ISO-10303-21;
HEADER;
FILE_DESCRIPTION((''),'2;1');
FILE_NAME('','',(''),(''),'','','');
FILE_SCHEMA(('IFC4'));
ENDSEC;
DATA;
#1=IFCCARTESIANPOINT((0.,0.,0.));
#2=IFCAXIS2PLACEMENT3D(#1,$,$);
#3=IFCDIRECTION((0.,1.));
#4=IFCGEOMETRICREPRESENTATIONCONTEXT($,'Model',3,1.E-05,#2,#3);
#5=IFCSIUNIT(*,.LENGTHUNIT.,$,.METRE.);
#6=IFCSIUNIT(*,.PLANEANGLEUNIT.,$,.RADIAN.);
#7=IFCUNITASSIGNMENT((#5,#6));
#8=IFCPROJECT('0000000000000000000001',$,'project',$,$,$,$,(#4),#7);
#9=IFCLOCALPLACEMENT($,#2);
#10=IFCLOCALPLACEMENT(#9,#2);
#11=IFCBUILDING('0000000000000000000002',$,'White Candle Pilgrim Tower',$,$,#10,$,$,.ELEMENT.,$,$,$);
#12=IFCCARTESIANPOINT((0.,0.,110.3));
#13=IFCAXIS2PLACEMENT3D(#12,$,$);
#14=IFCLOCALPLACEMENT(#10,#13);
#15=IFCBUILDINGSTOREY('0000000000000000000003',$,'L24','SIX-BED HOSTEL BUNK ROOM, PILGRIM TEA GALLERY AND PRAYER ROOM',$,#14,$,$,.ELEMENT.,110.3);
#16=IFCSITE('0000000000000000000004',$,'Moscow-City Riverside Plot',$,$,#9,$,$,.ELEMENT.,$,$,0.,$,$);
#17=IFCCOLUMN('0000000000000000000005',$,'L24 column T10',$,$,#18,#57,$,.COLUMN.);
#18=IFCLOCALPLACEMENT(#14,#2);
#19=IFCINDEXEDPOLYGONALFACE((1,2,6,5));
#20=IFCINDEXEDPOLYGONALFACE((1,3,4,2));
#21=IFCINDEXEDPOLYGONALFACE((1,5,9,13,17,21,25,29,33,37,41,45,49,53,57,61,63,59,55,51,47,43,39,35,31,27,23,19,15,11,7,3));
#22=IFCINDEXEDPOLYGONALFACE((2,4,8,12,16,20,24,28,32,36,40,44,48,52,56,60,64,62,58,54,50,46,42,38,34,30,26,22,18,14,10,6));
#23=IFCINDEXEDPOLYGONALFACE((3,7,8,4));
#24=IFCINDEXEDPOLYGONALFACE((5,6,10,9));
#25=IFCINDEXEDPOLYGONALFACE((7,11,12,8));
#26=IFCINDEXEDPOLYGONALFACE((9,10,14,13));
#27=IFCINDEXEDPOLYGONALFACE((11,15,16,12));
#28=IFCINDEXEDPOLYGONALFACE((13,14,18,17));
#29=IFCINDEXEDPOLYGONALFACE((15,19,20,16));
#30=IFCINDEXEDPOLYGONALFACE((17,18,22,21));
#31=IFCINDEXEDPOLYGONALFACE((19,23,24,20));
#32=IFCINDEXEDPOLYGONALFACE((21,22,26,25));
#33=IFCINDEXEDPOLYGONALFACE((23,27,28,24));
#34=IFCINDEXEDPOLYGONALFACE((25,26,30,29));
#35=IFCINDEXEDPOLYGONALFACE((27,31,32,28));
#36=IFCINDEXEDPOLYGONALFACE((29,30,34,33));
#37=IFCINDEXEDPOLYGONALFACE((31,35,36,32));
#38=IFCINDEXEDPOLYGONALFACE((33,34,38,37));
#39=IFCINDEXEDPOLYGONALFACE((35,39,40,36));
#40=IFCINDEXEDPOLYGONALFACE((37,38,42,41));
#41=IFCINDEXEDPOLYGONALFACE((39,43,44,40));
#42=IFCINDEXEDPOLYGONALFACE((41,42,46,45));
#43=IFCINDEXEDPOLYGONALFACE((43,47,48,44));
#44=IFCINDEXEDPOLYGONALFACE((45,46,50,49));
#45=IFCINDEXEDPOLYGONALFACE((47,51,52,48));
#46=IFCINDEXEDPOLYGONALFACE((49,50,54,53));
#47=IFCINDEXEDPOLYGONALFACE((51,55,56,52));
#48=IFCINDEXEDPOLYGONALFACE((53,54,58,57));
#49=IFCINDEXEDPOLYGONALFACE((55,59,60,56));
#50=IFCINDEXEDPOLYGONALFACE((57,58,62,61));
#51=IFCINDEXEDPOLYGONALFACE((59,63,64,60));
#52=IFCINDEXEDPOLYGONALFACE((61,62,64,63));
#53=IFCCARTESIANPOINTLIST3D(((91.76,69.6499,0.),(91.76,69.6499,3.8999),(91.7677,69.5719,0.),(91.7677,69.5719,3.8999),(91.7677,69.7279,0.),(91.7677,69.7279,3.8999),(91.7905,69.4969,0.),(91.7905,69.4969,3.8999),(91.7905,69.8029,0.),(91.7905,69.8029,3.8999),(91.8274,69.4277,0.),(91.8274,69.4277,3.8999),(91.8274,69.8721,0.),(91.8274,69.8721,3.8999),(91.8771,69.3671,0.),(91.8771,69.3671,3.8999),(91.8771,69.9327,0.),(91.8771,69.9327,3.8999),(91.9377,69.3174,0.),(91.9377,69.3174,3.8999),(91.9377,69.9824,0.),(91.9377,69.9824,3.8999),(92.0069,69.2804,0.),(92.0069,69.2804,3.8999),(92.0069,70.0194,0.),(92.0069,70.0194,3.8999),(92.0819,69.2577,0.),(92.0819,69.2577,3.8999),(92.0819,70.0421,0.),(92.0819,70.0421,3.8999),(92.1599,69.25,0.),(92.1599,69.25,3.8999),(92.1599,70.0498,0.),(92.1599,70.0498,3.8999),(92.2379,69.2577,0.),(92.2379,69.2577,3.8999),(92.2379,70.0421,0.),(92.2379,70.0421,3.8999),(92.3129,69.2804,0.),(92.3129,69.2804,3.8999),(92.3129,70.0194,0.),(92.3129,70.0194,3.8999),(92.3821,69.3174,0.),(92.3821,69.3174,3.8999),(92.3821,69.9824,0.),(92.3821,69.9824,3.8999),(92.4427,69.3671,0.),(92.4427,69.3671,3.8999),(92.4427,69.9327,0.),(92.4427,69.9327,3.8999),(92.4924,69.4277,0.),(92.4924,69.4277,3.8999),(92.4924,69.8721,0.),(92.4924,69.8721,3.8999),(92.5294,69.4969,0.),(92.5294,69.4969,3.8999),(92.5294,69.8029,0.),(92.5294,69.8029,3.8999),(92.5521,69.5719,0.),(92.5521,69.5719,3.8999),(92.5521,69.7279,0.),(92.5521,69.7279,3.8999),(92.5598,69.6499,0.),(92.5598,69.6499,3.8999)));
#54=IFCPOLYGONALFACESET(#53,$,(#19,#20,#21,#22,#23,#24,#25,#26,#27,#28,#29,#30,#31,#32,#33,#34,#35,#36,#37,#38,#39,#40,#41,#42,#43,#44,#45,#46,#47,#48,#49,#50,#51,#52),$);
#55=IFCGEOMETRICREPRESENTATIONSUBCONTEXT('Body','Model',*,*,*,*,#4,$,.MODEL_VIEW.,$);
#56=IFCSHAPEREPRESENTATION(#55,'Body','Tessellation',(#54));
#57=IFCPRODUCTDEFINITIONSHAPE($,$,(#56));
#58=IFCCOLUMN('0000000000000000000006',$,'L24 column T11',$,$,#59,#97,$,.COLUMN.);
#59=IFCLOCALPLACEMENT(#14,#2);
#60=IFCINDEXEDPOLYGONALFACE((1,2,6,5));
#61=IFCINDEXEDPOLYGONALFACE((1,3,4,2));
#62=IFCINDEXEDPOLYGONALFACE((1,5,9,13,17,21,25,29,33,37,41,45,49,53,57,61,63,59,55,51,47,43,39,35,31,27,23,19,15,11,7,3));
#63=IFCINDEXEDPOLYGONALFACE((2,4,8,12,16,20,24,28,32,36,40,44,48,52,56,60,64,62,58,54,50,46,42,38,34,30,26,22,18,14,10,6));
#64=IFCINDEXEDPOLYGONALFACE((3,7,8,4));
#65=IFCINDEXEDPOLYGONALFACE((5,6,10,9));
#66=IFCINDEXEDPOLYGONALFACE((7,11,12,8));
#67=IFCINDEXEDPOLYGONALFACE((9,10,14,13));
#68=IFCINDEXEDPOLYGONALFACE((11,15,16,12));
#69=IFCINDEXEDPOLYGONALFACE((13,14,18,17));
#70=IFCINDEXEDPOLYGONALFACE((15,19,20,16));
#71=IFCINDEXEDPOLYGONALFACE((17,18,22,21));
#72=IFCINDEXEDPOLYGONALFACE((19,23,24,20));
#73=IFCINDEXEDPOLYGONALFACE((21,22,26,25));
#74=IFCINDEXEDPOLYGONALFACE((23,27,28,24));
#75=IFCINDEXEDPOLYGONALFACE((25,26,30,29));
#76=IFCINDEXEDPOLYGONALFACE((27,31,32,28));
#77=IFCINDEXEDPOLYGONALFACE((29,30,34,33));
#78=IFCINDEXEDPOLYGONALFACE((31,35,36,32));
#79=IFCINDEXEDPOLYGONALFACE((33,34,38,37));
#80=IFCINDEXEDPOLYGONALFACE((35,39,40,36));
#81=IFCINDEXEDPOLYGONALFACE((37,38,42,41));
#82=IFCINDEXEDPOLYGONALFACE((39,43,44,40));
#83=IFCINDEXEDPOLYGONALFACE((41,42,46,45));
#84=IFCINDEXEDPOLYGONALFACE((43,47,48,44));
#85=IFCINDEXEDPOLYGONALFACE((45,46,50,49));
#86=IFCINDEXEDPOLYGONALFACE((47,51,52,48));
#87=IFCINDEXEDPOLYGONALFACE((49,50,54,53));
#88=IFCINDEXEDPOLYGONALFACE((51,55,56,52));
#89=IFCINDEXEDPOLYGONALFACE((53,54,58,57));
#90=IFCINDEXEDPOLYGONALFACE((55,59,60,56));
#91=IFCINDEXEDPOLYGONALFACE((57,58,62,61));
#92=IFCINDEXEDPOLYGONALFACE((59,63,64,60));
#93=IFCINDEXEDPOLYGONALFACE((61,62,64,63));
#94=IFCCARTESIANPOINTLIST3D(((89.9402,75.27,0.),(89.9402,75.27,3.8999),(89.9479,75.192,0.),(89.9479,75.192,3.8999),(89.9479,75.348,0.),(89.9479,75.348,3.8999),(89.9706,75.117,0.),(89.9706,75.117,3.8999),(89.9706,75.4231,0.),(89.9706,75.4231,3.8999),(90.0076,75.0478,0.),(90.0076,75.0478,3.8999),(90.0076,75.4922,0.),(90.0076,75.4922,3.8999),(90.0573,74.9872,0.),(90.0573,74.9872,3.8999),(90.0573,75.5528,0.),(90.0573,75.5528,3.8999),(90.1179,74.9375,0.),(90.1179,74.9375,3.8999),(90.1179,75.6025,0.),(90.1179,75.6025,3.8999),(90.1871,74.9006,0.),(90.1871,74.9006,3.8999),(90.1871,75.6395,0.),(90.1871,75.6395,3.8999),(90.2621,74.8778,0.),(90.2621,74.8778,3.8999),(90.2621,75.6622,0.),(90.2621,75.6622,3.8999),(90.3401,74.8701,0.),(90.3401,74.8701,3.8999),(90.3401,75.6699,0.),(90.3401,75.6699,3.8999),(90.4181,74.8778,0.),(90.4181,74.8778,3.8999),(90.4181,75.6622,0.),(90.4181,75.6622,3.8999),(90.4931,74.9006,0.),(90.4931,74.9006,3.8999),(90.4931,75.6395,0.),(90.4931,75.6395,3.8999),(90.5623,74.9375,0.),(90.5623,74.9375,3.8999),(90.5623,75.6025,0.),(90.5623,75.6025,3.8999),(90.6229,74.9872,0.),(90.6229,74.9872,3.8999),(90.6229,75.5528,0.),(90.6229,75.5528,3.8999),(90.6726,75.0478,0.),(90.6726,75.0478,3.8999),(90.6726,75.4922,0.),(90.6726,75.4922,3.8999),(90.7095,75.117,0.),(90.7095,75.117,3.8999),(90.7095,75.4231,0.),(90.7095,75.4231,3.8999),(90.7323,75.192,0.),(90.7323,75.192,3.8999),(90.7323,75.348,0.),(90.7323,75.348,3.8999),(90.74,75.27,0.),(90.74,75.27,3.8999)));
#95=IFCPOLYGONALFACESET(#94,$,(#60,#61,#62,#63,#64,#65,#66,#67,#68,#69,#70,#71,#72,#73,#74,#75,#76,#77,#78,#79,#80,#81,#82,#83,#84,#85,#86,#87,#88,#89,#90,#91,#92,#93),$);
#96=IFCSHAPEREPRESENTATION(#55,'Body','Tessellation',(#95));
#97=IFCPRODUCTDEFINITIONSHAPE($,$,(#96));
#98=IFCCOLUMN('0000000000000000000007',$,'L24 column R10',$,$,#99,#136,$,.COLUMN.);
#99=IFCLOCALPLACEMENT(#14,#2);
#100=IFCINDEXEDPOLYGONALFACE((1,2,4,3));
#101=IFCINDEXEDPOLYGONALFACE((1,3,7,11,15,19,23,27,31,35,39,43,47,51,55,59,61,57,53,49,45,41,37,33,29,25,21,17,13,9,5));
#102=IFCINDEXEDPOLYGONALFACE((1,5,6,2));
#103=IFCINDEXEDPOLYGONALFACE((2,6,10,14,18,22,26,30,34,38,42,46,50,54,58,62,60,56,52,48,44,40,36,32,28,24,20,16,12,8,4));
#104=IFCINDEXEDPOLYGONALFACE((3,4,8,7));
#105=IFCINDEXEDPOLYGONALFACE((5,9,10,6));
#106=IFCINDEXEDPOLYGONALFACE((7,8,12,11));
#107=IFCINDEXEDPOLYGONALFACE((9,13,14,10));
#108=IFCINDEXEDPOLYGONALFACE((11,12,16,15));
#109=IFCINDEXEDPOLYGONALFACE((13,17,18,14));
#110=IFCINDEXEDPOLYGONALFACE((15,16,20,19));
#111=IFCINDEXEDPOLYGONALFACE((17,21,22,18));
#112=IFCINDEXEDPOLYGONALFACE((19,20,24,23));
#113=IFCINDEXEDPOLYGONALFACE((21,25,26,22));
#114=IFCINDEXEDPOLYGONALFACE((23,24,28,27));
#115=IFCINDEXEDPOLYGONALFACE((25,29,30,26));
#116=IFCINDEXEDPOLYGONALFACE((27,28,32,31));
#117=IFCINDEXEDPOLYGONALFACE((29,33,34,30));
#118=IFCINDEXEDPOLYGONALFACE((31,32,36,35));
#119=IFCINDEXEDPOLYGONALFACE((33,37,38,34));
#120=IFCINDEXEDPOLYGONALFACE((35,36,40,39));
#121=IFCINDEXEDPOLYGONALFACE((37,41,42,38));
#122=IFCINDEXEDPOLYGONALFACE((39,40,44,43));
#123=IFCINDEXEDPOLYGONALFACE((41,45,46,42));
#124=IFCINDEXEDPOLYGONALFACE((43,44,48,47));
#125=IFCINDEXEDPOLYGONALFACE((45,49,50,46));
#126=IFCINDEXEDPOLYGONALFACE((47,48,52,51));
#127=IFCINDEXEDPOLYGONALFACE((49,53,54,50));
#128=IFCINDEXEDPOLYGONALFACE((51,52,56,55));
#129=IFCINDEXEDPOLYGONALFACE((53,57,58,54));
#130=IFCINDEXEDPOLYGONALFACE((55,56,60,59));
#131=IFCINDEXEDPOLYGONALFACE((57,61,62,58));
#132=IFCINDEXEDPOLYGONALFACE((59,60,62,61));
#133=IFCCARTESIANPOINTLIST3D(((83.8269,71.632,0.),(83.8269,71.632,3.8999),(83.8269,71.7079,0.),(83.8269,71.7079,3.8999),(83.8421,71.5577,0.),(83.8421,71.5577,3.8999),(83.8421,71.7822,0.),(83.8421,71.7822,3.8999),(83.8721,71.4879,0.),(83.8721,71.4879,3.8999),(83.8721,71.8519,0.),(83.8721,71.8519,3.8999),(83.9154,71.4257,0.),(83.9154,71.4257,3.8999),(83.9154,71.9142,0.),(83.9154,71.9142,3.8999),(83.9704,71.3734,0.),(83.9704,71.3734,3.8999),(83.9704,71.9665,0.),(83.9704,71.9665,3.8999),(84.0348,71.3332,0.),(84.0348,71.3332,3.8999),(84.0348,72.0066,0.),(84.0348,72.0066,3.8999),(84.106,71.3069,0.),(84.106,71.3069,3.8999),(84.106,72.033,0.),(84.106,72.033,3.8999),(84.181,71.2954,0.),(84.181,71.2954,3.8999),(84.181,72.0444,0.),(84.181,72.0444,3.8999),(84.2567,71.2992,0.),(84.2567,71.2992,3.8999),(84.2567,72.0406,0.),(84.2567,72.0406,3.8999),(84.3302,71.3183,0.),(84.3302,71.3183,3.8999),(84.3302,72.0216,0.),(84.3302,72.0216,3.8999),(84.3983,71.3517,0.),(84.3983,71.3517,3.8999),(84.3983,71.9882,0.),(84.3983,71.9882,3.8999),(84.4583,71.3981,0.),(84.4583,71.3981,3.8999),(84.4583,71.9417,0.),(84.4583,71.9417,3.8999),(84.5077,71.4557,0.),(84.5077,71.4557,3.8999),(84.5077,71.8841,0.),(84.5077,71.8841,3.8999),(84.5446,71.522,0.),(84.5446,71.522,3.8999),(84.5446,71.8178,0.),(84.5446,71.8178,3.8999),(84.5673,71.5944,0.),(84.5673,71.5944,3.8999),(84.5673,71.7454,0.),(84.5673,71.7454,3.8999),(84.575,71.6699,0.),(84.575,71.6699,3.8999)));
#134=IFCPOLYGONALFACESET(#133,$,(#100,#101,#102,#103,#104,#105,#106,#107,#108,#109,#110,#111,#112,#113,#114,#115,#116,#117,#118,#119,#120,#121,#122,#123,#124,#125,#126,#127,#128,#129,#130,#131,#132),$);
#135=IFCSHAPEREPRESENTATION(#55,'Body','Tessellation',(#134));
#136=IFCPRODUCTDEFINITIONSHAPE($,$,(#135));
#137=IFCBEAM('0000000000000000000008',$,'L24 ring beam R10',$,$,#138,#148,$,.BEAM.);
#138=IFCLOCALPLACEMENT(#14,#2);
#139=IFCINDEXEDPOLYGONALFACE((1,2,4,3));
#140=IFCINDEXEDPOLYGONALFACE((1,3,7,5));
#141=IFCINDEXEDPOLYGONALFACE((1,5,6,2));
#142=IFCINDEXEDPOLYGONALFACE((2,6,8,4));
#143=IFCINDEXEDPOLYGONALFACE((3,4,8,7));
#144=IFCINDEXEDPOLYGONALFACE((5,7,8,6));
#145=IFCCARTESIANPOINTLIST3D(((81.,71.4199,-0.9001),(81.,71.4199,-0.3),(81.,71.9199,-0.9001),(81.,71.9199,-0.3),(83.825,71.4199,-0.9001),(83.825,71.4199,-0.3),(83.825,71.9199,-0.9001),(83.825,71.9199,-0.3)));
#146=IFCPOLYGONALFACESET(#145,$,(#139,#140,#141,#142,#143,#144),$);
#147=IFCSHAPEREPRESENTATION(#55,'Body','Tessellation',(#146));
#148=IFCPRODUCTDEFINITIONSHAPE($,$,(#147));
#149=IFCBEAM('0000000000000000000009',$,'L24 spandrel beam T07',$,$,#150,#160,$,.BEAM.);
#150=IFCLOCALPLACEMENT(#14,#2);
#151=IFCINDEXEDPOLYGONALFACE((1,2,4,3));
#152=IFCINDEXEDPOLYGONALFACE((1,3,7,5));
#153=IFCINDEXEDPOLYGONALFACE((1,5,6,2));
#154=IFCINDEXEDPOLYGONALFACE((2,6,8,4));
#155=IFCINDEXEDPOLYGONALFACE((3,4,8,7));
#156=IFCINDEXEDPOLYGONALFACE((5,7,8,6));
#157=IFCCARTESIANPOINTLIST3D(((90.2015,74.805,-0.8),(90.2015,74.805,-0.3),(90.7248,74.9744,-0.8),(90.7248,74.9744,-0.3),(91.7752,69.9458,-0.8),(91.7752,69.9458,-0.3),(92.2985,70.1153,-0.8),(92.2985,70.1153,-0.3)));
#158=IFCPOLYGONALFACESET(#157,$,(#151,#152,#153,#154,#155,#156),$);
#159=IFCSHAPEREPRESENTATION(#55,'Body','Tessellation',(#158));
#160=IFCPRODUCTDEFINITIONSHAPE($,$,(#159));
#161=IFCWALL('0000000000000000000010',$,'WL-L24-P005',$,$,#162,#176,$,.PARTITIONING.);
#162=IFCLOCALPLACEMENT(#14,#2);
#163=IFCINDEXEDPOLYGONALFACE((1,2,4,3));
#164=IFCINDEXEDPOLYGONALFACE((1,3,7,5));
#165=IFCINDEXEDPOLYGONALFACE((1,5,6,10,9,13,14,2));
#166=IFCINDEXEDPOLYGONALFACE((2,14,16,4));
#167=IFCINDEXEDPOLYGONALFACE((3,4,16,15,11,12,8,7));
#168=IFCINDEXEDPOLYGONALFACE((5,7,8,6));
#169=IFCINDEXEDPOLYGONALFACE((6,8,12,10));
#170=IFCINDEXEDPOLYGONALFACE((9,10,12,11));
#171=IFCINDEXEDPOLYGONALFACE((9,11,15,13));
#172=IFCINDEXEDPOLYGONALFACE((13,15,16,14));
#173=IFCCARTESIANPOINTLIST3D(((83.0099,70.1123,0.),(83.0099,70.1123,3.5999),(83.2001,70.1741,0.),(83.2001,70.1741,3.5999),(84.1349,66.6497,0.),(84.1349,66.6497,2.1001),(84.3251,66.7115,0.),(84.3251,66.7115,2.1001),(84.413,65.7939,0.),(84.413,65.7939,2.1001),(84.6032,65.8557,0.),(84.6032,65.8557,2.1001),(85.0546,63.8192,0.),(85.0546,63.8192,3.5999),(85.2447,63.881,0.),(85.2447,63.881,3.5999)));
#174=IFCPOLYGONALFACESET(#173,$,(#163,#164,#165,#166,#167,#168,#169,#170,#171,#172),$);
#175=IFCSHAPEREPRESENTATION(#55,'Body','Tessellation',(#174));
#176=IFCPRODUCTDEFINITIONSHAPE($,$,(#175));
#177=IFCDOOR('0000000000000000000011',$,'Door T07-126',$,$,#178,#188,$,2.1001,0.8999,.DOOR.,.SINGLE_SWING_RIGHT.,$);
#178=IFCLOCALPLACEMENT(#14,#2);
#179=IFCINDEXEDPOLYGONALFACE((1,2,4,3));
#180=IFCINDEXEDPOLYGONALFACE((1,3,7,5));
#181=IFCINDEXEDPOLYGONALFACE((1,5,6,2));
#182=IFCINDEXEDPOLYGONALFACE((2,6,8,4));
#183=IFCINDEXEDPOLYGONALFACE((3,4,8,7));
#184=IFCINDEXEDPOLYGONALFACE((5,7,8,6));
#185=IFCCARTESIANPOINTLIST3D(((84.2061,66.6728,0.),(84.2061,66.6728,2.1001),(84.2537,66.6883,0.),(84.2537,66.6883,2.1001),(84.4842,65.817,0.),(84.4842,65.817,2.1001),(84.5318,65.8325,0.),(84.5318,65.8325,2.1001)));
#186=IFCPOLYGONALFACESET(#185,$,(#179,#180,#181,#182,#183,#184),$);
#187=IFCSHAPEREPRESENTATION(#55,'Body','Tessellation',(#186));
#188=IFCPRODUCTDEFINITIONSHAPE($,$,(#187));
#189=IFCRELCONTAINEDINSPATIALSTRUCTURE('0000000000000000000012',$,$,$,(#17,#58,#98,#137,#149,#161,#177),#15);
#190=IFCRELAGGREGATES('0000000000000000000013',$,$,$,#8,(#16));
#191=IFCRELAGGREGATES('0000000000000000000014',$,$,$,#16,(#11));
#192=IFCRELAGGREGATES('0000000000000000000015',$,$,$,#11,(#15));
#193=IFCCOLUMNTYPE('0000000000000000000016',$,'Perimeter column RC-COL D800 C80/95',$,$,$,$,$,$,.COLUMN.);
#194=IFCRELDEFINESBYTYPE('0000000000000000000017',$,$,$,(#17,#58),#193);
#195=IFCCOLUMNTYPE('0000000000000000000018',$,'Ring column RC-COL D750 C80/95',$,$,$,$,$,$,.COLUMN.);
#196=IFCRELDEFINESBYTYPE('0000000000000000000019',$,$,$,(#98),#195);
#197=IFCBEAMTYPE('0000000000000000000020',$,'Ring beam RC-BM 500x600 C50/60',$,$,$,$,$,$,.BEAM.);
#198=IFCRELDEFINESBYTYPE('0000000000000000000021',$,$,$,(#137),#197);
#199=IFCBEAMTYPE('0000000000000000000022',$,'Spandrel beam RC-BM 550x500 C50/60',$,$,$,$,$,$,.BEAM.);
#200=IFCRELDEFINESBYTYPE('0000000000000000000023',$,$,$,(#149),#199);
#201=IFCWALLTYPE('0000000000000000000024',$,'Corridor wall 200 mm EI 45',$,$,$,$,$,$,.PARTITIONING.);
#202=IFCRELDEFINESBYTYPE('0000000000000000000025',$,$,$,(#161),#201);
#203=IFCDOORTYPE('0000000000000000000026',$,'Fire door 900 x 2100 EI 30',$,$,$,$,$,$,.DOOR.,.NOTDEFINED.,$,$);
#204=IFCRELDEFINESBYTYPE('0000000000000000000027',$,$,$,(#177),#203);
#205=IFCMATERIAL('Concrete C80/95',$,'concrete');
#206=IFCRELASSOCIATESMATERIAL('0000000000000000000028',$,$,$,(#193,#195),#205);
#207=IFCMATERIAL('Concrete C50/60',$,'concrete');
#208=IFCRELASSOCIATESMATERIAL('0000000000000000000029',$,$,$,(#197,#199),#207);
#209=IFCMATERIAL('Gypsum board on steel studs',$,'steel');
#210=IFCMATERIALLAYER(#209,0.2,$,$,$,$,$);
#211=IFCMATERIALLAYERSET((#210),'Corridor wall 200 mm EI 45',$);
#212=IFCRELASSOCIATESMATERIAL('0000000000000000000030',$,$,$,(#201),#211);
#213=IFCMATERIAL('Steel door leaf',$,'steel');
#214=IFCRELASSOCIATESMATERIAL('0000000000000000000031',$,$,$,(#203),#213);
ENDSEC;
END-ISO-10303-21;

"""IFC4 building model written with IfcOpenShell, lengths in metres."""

from ifc_helpers import new_model, si_unit, direction, frame, frame_2d, origin, origin_2d, place, context, subcontext, project, spatial, rectangle, circle, extrude, material, layer, layer_set, material_profile, profile_set, type_object, element, fill, save


model = new_model("IFC4")

# Units and contexts
model_context = context("Model", 3, precision=1e-05, world=origin(), true_north=direction((0.0, 1.0)))
body_context = subcontext(model_context, "Body", "Model", "MODEL_VIEW")
ifc_project = project(units=[si_unit("LENGTHUNIT", "METRE"), si_unit("PLANEANGLEUNIT", "RADIAN")], contexts=[model_context])

# Site, building, storey
site_placement = place(None, origin())
site = spatial("IfcSite", under=ifc_project, at=site_placement, Name="Moscow-City Riverside Plot", CompositionType="ELEMENT", RefElevation=0.0)
building_placement = place(site_placement, origin())
building = spatial("IfcBuilding", under=site, at=building_placement, Name="White Candle Pilgrim Tower", CompositionType="ELEMENT")
storey_placement = place(building_placement, frame((0.0, 0.0, 110.3)))
storey = spatial("IfcBuildingStorey", under=building, at=storey_placement, Name="L24", Description="SIX-BED HOSTEL BUNK ROOM, PILGRIM TEA GALLERY AND PRAYER ROOM", CompositionType="ELEMENT", Elevation=110.3)

# Columns
ifc_material_1 = material(Name="Concrete C80/95", Category="concrete")
ifc_material_profile_1 = material_profile(ifc_material_1, circle(Radius=0.3999, at=origin_2d()), Name="RC-COL D800")
ifc_profile_set_1 = profile_set([ifc_material_profile_1], Name="Concrete C80/95")
column_type_1 = type_object("IfcColumnType", Name="Perimeter column RC-COL D800 C80/95", PredefinedType="COLUMN", material=ifc_profile_set_1)
for number, where, z_axis, x_axis, name in (
    (1, (92.1599, 69.6499, 0.0), (0.0, 0.0, 1.0), (1.0, 0.0, 0.0), "L24 column T10"),
    (2, (90.3401, 75.27, 0.0), (0.0, 0.0, 1.0), (1.0, 0.0, 0.0), "L24 column T11"),
):
    element("IfcColumn", number, at=place(storey_placement, frame(where, z_axis=z_axis, x_axis=x_axis)), inside=storey, type_object=column_type_1, Name=name, PredefinedType="COLUMN", context=body_context, shape_type="SweptSolid", body=[
        extrude(circle(Radius=0.3999, at=origin_2d()), origin(), (0.0, 0.0, 1.0), 3.8999),
    ])
ifc_material_profile_2 = material_profile(ifc_material_1, circle(Radius=0.375, at=origin_2d()), Name="RC-COL D750")
ifc_profile_set_2 = profile_set([ifc_material_profile_2], Name="Concrete C80/95")
column_type_2 = type_object("IfcColumnType", Name="Ring column RC-COL D750 C80/95", PredefinedType="COLUMN", material=ifc_profile_set_2)
column_placement = place(storey_placement, frame((84.2, 71.6699, 0.0), z_axis=(0.0, 0.0, 1.0), x_axis=(1.0, 0.0, 0.0)))
element("IfcColumn", 3, at=column_placement, inside=storey, type_object=column_type_2, Name="L24 column R10", PredefinedType="COLUMN", context=body_context, shape_type="SweptSolid", body=[
    extrude(circle(Radius=0.375, at=origin_2d()), origin(), (0.0, 0.0, 1.0), 3.8999),
])

# Beams
ifc_material_2 = material(Name="Concrete C50/60", Category="concrete")
ifc_material_profile_3 = material_profile(ifc_material_2, rectangle(XDim=0.5, YDim=0.6001, at=origin_2d()), Name="RC-BM 500x600")
ifc_profile_set_3 = profile_set([ifc_material_profile_3], Name="Concrete C50/60")
beam_type_1 = type_object("IfcBeamType", Name="Ring beam RC-BM 500x600 C50/60", PredefinedType="BEAM", material=ifc_profile_set_3)
beam_1_placement = place(storey_placement, frame((83.825, 71.6699, -0.6001), z_axis=(-1.0, 0.0, 0.0), x_axis=(0.0, -1.0, 0.0)))
element("IfcBeam", 4, at=beam_1_placement, inside=storey, type_object=beam_type_1, Name="L24 ring beam R10", PredefinedType="BEAM", context=body_context, shape_type="SweptSolid", body=[
    extrude(rectangle(XDim=0.5, YDim=0.6001, at=origin_2d()), origin(), (0.0, 0.0, 1.0), 2.825),
])
ifc_material_profile_4 = material_profile(ifc_material_2, rectangle(XDim=0.55, YDim=0.5, at=origin_2d()), Name="RC-BM 550x500")
ifc_profile_set_4 = profile_set([ifc_material_profile_4], Name="Concrete C50/60")
beam_type_2 = type_object("IfcBeamType", Name="Spandrel beam RC-BM 550x500 C50/60", PredefinedType="BEAM", material=ifc_profile_set_4)
beam_2_placement = place(storey_placement, frame((92.0369, 70.0305, -0.55), z_axis=(-0.308114, 0.951349, 0.0), x_axis=(-0.951349, -0.308114, 0.0)))
element("IfcBeam", 5, at=beam_2_placement, inside=storey, type_object=beam_type_2, Name="L24 spandrel beam T07", PredefinedType="BEAM", context=body_context, shape_type="SweptSolid", body=[
    extrude(rectangle(XDim=0.55, YDim=0.5, at=origin_2d()), origin(), (0.0, 0.0, 1.0), 5.1077),
])

# Wall, opening, door
ifc_material_3 = material(Name="Gypsum board on steel studs", Category="steel")
ifc_layer_1 = layer(ifc_material_3, 0.2)
ifc_layer_set_1 = layer_set([ifc_layer_1], Name="Corridor wall 200 mm EI 45")
wall_type_1 = type_object("IfcWallType", Name="Corridor wall 200 mm EI 45", PredefinedType="PARTITIONING", material=ifc_layer_set_1)
wall_1_placement = place(storey_placement, frame((83.105, 70.1433, 0.0), z_axis=(0.0, 0.0, 1.0), x_axis=(0.309002, -0.951061, 0.0)))
wall_1 = element("IfcWall", 6, at=wall_1_placement, inside=storey, type_object=wall_type_1, Name="WL-L24-P005", PredefinedType="PARTITIONING", context=body_context, shape_type="SweptSolid", body=[
    extrude(rectangle(XDim=6.6169, YDim=0.2, at=frame_2d((3.3086, 0.0))), origin(), (0.0, 0.0, 1.0), 3.5999),
])
opening_1_placement = place(wall_1_placement, frame((3.6409, 0.0, 0.0)))
opening_1 = element("IfcOpeningElement", 7, at=opening_1_placement, cuts=wall_1, PredefinedType="OPENING", context=body_context, shape_type="SweptSolid", body=[
    extrude(rectangle(XDim=0.8999, YDim=2.1001, at=frame_2d((0.45, 1.05))), frame((0.0, 0.1099, 0.0), z_axis=(0.0, -1.0, 0.0), x_axis=(1.0, 0.0, 0.0)), (0.0, 0.0, 1.0), 0.22),
])
ifc_material_4 = material(Name="Steel door leaf", Category="steel")
door_type = type_object("IfcDoorType", Name="Fire door 900 x 2100 EI 30", OperationType="NOTDEFINED", PredefinedType="DOOR", material=ifc_material_4)
door_1_placement = place(opening_1_placement, origin())
door_1 = element("IfcDoor", 8, at=door_1_placement, inside=storey, type_object=door_type, Name="Door T07-126", OperationType="SINGLE_SWING_RIGHT", OverallHeight=2.1001, OverallWidth=0.8999, PredefinedType="DOOR", context=body_context, shape_type="SweptSolid", body=[
    extrude(rectangle(XDim=0.8999, YDim=2.1001, at=frame_2d((0.45, 1.05))), frame((0.0, 0.0249, 0.0), z_axis=(0.0, -1.0, 0.0), x_axis=(1.0, 0.0, 0.0)), (0.0, 0.0, 1.0), 0.05),
])
fill(opening_1, door_1)

save(model, "model.ifc")
